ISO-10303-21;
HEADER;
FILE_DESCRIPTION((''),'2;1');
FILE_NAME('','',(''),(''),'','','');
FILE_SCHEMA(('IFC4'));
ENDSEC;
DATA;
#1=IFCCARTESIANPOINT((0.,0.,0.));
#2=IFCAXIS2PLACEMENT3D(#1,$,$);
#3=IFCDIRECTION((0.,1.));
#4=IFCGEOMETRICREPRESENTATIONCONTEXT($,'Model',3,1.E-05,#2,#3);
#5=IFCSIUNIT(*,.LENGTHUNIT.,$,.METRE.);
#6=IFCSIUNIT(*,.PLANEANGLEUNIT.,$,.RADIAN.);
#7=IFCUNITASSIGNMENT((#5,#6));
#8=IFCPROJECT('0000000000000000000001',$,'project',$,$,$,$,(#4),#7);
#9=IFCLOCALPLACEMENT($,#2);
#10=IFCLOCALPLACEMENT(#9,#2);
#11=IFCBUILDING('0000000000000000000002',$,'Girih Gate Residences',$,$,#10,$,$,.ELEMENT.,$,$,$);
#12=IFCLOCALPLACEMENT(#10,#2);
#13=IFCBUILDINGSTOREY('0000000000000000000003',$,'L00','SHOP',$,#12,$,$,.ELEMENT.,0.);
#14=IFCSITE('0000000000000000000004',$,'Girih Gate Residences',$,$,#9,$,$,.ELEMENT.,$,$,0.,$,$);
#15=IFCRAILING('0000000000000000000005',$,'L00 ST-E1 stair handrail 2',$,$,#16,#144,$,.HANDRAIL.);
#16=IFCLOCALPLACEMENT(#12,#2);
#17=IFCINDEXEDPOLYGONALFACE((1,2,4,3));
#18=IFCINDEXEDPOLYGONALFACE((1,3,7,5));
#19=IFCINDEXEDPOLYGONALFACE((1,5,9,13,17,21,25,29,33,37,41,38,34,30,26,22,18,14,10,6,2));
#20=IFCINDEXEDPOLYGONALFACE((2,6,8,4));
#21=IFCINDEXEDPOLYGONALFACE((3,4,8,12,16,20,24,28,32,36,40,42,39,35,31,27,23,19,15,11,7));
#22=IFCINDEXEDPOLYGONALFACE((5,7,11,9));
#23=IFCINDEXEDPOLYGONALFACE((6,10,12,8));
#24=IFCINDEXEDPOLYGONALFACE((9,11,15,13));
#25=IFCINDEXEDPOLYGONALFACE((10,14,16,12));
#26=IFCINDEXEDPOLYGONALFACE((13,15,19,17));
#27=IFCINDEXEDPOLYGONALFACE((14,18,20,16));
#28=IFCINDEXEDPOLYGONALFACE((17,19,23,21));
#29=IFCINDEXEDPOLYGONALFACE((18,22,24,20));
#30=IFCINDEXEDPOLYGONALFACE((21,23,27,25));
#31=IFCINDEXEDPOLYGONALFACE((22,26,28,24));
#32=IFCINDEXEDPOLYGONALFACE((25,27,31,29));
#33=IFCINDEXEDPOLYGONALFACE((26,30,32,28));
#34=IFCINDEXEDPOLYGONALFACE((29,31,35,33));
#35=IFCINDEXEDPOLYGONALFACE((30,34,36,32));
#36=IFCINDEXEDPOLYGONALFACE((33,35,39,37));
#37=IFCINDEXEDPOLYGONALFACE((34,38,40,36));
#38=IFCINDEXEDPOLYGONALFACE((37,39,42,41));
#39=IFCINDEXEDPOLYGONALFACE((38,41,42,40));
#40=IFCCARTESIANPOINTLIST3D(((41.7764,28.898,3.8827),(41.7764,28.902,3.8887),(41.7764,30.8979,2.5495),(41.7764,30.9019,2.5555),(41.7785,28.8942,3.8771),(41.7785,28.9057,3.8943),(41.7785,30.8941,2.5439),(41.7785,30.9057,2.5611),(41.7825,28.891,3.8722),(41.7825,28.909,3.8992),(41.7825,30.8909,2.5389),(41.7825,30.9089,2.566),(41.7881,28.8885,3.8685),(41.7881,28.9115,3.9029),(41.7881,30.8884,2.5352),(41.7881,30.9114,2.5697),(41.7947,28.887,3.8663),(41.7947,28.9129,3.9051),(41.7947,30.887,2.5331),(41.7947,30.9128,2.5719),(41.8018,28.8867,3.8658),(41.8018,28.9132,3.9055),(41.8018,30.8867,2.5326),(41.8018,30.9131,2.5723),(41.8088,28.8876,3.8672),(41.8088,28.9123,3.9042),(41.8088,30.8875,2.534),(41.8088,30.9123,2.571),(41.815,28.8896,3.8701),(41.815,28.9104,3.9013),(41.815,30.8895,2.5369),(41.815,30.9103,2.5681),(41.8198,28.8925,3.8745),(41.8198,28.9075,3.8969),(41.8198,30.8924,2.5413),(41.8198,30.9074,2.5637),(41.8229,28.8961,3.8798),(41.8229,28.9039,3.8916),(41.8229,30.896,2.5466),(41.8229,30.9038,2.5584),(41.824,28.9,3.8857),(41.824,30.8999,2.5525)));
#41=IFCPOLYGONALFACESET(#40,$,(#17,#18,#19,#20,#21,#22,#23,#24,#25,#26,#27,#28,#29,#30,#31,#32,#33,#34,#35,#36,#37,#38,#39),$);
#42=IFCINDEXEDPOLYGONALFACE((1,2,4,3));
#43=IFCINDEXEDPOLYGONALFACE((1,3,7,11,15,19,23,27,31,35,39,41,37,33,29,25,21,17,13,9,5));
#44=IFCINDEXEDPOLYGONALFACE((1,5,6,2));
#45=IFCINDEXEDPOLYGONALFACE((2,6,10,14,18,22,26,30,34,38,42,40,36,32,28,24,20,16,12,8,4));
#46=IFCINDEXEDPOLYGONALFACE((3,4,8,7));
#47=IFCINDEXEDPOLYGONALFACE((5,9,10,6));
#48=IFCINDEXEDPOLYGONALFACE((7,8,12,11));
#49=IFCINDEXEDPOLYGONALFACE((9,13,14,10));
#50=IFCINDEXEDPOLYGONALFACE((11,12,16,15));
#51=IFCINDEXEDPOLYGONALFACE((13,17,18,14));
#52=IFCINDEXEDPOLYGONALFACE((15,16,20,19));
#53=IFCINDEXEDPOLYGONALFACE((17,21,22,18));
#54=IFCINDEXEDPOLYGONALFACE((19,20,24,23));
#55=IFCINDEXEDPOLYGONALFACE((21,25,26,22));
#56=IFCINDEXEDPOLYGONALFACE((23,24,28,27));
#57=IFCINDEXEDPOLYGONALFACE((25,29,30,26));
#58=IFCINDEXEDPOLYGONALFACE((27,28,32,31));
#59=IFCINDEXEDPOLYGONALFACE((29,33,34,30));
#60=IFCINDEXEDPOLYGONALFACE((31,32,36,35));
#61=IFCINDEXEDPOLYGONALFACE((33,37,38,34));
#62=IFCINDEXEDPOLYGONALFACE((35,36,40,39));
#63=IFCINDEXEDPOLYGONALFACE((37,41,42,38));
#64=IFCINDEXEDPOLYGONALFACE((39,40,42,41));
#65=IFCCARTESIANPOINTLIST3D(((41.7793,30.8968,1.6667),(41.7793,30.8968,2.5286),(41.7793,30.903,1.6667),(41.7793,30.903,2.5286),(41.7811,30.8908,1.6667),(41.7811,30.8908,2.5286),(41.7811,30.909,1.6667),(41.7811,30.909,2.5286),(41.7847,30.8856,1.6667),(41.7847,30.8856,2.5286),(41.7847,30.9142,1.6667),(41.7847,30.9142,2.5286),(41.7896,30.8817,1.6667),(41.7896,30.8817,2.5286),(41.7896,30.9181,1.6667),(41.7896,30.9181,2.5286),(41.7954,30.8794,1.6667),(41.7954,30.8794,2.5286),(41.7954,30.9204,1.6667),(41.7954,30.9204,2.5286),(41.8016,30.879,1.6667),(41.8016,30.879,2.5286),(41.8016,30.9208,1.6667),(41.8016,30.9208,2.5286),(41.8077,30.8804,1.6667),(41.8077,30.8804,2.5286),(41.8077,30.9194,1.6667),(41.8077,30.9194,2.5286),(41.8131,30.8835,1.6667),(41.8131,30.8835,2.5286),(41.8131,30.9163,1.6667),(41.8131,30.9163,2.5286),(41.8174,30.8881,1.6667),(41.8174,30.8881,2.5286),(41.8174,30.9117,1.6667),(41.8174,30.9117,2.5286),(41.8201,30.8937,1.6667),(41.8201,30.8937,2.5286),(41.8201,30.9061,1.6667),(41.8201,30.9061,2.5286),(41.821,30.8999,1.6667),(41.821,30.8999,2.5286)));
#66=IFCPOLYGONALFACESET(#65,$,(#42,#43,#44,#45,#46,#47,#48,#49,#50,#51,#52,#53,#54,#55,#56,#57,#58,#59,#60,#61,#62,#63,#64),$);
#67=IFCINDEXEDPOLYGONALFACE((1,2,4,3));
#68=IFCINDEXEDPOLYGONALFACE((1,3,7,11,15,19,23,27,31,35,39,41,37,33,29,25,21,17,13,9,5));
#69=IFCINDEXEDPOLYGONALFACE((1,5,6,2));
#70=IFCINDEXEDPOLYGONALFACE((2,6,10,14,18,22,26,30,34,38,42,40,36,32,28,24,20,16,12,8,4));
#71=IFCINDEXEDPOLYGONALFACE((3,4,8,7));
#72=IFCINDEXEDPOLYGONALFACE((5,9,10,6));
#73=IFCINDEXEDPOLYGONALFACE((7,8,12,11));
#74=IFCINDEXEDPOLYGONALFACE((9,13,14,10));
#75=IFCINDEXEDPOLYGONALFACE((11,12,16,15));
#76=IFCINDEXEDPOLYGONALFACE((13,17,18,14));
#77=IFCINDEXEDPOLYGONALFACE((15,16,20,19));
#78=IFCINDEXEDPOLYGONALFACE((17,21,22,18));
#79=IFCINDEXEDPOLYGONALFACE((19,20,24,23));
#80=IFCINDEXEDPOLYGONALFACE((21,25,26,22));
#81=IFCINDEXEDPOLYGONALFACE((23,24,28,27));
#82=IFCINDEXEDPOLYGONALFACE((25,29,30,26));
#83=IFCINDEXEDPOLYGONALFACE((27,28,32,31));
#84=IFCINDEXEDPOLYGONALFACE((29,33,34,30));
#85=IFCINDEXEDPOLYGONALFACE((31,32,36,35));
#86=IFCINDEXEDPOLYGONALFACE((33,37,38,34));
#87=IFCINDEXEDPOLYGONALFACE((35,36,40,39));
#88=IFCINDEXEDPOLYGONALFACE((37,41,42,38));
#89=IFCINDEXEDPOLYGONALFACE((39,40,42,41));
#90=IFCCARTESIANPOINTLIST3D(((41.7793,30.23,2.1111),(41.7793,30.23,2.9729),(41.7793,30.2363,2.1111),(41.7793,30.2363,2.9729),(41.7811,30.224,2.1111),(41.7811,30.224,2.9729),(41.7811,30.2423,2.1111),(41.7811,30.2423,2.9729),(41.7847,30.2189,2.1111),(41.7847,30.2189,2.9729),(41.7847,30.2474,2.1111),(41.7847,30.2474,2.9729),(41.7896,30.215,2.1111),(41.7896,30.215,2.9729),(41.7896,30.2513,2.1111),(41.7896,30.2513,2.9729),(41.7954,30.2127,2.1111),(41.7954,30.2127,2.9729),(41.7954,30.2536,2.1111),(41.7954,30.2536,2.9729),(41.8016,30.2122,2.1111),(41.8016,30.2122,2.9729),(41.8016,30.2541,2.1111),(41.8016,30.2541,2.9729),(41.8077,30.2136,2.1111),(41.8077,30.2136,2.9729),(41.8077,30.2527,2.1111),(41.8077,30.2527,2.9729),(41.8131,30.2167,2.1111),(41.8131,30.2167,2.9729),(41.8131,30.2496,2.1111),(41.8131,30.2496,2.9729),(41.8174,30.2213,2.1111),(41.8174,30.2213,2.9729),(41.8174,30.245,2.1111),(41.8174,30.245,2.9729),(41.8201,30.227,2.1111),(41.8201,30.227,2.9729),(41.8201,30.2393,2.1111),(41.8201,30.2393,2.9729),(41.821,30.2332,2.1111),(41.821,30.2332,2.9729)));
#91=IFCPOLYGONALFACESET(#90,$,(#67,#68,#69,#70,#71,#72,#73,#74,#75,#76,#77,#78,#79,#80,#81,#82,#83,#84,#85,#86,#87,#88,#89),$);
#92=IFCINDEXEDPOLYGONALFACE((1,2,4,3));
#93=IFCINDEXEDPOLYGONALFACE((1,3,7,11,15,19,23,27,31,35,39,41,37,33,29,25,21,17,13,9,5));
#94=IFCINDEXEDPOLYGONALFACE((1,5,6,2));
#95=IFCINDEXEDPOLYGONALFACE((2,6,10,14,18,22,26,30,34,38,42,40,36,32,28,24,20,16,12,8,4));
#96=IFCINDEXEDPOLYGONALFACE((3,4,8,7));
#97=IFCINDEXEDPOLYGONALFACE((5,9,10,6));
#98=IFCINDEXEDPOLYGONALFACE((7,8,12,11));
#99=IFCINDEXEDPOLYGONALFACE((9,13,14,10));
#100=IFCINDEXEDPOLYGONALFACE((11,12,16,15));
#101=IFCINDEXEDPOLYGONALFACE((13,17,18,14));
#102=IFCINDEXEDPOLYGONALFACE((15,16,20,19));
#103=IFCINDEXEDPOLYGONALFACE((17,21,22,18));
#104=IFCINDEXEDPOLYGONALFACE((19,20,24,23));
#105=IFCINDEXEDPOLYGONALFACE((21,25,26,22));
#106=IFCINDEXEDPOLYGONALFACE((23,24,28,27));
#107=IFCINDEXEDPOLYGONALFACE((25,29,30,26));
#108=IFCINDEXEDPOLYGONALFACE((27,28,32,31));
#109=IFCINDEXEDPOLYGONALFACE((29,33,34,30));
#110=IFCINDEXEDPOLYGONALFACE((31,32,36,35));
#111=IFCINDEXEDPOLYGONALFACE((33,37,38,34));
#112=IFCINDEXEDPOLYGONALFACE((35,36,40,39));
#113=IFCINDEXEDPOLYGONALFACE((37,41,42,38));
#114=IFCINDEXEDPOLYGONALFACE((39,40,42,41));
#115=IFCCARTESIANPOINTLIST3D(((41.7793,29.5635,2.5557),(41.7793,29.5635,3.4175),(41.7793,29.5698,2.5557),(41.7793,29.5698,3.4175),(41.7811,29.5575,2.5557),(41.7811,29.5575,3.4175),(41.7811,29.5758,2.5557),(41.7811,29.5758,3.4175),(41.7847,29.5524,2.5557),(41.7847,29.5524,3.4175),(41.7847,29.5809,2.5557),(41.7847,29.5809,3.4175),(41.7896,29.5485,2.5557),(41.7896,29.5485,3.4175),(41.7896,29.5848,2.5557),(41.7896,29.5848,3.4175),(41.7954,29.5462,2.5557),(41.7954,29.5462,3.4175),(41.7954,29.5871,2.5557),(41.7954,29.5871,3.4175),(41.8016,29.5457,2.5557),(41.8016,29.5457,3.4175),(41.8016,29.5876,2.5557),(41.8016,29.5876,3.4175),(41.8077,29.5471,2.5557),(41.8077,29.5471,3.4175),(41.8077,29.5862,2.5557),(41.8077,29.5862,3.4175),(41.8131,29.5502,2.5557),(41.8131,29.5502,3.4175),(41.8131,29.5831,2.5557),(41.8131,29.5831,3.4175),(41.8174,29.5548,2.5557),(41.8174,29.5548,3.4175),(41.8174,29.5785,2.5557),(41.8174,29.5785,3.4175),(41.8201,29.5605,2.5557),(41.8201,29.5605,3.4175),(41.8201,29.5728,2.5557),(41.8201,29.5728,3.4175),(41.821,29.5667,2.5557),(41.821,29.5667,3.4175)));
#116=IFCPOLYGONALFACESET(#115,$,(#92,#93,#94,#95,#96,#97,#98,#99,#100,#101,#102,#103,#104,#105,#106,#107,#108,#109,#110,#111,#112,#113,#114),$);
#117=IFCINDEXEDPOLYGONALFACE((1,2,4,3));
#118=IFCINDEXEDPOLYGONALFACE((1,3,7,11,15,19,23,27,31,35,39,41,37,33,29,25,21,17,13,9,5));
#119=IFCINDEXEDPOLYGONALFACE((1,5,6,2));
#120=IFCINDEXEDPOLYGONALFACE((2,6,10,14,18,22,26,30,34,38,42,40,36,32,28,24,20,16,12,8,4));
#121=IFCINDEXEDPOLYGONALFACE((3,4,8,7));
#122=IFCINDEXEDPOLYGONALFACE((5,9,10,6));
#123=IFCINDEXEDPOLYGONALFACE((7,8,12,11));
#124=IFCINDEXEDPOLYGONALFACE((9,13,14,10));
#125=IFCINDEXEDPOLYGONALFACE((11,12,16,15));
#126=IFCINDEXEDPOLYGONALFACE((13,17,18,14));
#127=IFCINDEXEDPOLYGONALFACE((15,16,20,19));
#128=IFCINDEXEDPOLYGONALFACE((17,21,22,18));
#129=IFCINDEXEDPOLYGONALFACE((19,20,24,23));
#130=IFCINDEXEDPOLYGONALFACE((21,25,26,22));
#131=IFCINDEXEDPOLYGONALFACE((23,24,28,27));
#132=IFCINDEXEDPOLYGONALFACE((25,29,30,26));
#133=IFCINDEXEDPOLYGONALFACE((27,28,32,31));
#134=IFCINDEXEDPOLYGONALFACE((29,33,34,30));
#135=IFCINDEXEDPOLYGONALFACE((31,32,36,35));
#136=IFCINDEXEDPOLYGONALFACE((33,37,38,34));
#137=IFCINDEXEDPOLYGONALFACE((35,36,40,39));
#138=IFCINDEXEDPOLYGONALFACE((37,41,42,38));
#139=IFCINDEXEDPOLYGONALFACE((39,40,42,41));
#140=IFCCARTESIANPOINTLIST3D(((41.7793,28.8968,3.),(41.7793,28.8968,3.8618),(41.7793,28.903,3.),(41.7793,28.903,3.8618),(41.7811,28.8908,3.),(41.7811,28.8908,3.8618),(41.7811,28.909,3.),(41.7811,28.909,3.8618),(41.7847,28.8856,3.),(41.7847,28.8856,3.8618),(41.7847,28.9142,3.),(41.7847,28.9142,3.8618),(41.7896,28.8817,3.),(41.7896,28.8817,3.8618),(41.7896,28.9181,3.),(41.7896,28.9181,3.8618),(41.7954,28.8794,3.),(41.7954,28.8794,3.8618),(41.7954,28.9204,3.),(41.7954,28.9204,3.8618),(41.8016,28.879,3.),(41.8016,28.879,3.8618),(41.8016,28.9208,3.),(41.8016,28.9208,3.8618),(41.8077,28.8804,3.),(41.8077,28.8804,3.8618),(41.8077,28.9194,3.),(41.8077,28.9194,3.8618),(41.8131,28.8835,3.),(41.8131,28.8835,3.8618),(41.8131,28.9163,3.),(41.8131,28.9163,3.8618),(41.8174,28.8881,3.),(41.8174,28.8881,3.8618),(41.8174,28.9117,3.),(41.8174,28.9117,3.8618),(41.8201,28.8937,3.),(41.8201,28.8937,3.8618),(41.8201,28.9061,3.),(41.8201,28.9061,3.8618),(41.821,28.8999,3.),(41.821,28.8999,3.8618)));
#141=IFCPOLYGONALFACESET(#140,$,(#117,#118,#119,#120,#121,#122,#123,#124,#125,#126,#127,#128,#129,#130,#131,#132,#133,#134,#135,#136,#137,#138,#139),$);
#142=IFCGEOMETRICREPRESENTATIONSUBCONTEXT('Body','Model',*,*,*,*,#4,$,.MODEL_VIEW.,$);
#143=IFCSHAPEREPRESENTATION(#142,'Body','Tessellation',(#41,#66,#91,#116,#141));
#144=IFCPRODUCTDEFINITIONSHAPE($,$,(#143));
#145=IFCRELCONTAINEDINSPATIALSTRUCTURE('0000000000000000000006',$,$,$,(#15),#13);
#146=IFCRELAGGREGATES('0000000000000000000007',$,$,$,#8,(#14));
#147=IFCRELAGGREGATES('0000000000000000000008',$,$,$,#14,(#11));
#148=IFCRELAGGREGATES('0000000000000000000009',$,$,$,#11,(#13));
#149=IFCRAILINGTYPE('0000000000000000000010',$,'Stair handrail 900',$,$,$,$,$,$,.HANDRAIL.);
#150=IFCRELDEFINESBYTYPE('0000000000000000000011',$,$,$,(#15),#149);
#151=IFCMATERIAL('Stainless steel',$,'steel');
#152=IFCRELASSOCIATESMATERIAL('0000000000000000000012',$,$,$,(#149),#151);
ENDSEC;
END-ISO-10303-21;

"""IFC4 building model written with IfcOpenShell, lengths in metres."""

from ifc_helpers import new_model, si_unit, direction, frame, origin, origin_2d, place, context, subcontext, project, spatial, circle, extrude, material, type_object, element, save


model = new_model("IFC4")

# Units and contexts
model_context = context("Model", 3, precision=1e-05, world=origin(), true_north=direction((0.0, 1.0)))
body_context = subcontext(model_context, "Body", "Model", "MODEL_VIEW")
ifc_project = project(units=[si_unit("LENGTHUNIT", "METRE"), si_unit("PLANEANGLEUNIT", "RADIAN")], contexts=[model_context])

# Site, building, storey
site_placement = place(None, origin())
site = spatial("IfcSite", under=ifc_project, at=site_placement, Name="Girih Gate Residences", CompositionType="ELEMENT", RefElevation=0.0)
building_placement = place(site_placement, origin())
building = spatial("IfcBuilding", under=site, at=building_placement, Name="Girih Gate Residences", CompositionType="ELEMENT")
storey_placement = place(building_placement, origin())
storey = spatial("IfcBuildingStorey", under=building, at=storey_placement, Name="L00", Description="SHOP", CompositionType="ELEMENT", Elevation=0.0)

# Railing
ifc_material_1 = material(Name="Stainless steel", Category="steel")
railing_type_1 = type_object("IfcRailingType", Name="Stair handrail 900", PredefinedType="HANDRAIL", material=ifc_material_1)
railing_1_placement = place(storey_placement, frame((41.8, 30.8999, 1.6667)))
element("IfcRailing", 1, at=railing_1_placement, inside=storey, type_object=railing_type_1, Name="L00 ST-E1 stair handrail 2", PredefinedType="HANDRAIL", context=body_context, shape_type="SweptSolid", body=[
    extrude(circle(Radius=0.0239, at=origin_2d()), frame((0.0, 0.0, 0.8857), z_axis=(0.0, -0.832066, 0.554677), x_axis=(1.0, 0.0, 0.0)), (0.0, 0.0, 1.0), 2.4036),
    extrude(circle(Radius=0.021, at=origin_2d()), origin(), (0.0, 0.0, 1.0), 0.8618),
    extrude(circle(Radius=0.021, at=origin_2d()), frame((0.0, -0.6667, 0.4443)), (0.0, 0.0, 1.0), 0.8618),
    extrude(circle(Radius=0.021, at=origin_2d()), frame((0.0, -1.3333, 0.8889)), (0.0, 0.0, 1.0), 0.8618),
    extrude(circle(Radius=0.021, at=origin_2d()), frame((0.0, -2.0, 1.3333)), (0.0, 0.0, 1.0), 0.8618),
])

save(model, "model.ifc")
